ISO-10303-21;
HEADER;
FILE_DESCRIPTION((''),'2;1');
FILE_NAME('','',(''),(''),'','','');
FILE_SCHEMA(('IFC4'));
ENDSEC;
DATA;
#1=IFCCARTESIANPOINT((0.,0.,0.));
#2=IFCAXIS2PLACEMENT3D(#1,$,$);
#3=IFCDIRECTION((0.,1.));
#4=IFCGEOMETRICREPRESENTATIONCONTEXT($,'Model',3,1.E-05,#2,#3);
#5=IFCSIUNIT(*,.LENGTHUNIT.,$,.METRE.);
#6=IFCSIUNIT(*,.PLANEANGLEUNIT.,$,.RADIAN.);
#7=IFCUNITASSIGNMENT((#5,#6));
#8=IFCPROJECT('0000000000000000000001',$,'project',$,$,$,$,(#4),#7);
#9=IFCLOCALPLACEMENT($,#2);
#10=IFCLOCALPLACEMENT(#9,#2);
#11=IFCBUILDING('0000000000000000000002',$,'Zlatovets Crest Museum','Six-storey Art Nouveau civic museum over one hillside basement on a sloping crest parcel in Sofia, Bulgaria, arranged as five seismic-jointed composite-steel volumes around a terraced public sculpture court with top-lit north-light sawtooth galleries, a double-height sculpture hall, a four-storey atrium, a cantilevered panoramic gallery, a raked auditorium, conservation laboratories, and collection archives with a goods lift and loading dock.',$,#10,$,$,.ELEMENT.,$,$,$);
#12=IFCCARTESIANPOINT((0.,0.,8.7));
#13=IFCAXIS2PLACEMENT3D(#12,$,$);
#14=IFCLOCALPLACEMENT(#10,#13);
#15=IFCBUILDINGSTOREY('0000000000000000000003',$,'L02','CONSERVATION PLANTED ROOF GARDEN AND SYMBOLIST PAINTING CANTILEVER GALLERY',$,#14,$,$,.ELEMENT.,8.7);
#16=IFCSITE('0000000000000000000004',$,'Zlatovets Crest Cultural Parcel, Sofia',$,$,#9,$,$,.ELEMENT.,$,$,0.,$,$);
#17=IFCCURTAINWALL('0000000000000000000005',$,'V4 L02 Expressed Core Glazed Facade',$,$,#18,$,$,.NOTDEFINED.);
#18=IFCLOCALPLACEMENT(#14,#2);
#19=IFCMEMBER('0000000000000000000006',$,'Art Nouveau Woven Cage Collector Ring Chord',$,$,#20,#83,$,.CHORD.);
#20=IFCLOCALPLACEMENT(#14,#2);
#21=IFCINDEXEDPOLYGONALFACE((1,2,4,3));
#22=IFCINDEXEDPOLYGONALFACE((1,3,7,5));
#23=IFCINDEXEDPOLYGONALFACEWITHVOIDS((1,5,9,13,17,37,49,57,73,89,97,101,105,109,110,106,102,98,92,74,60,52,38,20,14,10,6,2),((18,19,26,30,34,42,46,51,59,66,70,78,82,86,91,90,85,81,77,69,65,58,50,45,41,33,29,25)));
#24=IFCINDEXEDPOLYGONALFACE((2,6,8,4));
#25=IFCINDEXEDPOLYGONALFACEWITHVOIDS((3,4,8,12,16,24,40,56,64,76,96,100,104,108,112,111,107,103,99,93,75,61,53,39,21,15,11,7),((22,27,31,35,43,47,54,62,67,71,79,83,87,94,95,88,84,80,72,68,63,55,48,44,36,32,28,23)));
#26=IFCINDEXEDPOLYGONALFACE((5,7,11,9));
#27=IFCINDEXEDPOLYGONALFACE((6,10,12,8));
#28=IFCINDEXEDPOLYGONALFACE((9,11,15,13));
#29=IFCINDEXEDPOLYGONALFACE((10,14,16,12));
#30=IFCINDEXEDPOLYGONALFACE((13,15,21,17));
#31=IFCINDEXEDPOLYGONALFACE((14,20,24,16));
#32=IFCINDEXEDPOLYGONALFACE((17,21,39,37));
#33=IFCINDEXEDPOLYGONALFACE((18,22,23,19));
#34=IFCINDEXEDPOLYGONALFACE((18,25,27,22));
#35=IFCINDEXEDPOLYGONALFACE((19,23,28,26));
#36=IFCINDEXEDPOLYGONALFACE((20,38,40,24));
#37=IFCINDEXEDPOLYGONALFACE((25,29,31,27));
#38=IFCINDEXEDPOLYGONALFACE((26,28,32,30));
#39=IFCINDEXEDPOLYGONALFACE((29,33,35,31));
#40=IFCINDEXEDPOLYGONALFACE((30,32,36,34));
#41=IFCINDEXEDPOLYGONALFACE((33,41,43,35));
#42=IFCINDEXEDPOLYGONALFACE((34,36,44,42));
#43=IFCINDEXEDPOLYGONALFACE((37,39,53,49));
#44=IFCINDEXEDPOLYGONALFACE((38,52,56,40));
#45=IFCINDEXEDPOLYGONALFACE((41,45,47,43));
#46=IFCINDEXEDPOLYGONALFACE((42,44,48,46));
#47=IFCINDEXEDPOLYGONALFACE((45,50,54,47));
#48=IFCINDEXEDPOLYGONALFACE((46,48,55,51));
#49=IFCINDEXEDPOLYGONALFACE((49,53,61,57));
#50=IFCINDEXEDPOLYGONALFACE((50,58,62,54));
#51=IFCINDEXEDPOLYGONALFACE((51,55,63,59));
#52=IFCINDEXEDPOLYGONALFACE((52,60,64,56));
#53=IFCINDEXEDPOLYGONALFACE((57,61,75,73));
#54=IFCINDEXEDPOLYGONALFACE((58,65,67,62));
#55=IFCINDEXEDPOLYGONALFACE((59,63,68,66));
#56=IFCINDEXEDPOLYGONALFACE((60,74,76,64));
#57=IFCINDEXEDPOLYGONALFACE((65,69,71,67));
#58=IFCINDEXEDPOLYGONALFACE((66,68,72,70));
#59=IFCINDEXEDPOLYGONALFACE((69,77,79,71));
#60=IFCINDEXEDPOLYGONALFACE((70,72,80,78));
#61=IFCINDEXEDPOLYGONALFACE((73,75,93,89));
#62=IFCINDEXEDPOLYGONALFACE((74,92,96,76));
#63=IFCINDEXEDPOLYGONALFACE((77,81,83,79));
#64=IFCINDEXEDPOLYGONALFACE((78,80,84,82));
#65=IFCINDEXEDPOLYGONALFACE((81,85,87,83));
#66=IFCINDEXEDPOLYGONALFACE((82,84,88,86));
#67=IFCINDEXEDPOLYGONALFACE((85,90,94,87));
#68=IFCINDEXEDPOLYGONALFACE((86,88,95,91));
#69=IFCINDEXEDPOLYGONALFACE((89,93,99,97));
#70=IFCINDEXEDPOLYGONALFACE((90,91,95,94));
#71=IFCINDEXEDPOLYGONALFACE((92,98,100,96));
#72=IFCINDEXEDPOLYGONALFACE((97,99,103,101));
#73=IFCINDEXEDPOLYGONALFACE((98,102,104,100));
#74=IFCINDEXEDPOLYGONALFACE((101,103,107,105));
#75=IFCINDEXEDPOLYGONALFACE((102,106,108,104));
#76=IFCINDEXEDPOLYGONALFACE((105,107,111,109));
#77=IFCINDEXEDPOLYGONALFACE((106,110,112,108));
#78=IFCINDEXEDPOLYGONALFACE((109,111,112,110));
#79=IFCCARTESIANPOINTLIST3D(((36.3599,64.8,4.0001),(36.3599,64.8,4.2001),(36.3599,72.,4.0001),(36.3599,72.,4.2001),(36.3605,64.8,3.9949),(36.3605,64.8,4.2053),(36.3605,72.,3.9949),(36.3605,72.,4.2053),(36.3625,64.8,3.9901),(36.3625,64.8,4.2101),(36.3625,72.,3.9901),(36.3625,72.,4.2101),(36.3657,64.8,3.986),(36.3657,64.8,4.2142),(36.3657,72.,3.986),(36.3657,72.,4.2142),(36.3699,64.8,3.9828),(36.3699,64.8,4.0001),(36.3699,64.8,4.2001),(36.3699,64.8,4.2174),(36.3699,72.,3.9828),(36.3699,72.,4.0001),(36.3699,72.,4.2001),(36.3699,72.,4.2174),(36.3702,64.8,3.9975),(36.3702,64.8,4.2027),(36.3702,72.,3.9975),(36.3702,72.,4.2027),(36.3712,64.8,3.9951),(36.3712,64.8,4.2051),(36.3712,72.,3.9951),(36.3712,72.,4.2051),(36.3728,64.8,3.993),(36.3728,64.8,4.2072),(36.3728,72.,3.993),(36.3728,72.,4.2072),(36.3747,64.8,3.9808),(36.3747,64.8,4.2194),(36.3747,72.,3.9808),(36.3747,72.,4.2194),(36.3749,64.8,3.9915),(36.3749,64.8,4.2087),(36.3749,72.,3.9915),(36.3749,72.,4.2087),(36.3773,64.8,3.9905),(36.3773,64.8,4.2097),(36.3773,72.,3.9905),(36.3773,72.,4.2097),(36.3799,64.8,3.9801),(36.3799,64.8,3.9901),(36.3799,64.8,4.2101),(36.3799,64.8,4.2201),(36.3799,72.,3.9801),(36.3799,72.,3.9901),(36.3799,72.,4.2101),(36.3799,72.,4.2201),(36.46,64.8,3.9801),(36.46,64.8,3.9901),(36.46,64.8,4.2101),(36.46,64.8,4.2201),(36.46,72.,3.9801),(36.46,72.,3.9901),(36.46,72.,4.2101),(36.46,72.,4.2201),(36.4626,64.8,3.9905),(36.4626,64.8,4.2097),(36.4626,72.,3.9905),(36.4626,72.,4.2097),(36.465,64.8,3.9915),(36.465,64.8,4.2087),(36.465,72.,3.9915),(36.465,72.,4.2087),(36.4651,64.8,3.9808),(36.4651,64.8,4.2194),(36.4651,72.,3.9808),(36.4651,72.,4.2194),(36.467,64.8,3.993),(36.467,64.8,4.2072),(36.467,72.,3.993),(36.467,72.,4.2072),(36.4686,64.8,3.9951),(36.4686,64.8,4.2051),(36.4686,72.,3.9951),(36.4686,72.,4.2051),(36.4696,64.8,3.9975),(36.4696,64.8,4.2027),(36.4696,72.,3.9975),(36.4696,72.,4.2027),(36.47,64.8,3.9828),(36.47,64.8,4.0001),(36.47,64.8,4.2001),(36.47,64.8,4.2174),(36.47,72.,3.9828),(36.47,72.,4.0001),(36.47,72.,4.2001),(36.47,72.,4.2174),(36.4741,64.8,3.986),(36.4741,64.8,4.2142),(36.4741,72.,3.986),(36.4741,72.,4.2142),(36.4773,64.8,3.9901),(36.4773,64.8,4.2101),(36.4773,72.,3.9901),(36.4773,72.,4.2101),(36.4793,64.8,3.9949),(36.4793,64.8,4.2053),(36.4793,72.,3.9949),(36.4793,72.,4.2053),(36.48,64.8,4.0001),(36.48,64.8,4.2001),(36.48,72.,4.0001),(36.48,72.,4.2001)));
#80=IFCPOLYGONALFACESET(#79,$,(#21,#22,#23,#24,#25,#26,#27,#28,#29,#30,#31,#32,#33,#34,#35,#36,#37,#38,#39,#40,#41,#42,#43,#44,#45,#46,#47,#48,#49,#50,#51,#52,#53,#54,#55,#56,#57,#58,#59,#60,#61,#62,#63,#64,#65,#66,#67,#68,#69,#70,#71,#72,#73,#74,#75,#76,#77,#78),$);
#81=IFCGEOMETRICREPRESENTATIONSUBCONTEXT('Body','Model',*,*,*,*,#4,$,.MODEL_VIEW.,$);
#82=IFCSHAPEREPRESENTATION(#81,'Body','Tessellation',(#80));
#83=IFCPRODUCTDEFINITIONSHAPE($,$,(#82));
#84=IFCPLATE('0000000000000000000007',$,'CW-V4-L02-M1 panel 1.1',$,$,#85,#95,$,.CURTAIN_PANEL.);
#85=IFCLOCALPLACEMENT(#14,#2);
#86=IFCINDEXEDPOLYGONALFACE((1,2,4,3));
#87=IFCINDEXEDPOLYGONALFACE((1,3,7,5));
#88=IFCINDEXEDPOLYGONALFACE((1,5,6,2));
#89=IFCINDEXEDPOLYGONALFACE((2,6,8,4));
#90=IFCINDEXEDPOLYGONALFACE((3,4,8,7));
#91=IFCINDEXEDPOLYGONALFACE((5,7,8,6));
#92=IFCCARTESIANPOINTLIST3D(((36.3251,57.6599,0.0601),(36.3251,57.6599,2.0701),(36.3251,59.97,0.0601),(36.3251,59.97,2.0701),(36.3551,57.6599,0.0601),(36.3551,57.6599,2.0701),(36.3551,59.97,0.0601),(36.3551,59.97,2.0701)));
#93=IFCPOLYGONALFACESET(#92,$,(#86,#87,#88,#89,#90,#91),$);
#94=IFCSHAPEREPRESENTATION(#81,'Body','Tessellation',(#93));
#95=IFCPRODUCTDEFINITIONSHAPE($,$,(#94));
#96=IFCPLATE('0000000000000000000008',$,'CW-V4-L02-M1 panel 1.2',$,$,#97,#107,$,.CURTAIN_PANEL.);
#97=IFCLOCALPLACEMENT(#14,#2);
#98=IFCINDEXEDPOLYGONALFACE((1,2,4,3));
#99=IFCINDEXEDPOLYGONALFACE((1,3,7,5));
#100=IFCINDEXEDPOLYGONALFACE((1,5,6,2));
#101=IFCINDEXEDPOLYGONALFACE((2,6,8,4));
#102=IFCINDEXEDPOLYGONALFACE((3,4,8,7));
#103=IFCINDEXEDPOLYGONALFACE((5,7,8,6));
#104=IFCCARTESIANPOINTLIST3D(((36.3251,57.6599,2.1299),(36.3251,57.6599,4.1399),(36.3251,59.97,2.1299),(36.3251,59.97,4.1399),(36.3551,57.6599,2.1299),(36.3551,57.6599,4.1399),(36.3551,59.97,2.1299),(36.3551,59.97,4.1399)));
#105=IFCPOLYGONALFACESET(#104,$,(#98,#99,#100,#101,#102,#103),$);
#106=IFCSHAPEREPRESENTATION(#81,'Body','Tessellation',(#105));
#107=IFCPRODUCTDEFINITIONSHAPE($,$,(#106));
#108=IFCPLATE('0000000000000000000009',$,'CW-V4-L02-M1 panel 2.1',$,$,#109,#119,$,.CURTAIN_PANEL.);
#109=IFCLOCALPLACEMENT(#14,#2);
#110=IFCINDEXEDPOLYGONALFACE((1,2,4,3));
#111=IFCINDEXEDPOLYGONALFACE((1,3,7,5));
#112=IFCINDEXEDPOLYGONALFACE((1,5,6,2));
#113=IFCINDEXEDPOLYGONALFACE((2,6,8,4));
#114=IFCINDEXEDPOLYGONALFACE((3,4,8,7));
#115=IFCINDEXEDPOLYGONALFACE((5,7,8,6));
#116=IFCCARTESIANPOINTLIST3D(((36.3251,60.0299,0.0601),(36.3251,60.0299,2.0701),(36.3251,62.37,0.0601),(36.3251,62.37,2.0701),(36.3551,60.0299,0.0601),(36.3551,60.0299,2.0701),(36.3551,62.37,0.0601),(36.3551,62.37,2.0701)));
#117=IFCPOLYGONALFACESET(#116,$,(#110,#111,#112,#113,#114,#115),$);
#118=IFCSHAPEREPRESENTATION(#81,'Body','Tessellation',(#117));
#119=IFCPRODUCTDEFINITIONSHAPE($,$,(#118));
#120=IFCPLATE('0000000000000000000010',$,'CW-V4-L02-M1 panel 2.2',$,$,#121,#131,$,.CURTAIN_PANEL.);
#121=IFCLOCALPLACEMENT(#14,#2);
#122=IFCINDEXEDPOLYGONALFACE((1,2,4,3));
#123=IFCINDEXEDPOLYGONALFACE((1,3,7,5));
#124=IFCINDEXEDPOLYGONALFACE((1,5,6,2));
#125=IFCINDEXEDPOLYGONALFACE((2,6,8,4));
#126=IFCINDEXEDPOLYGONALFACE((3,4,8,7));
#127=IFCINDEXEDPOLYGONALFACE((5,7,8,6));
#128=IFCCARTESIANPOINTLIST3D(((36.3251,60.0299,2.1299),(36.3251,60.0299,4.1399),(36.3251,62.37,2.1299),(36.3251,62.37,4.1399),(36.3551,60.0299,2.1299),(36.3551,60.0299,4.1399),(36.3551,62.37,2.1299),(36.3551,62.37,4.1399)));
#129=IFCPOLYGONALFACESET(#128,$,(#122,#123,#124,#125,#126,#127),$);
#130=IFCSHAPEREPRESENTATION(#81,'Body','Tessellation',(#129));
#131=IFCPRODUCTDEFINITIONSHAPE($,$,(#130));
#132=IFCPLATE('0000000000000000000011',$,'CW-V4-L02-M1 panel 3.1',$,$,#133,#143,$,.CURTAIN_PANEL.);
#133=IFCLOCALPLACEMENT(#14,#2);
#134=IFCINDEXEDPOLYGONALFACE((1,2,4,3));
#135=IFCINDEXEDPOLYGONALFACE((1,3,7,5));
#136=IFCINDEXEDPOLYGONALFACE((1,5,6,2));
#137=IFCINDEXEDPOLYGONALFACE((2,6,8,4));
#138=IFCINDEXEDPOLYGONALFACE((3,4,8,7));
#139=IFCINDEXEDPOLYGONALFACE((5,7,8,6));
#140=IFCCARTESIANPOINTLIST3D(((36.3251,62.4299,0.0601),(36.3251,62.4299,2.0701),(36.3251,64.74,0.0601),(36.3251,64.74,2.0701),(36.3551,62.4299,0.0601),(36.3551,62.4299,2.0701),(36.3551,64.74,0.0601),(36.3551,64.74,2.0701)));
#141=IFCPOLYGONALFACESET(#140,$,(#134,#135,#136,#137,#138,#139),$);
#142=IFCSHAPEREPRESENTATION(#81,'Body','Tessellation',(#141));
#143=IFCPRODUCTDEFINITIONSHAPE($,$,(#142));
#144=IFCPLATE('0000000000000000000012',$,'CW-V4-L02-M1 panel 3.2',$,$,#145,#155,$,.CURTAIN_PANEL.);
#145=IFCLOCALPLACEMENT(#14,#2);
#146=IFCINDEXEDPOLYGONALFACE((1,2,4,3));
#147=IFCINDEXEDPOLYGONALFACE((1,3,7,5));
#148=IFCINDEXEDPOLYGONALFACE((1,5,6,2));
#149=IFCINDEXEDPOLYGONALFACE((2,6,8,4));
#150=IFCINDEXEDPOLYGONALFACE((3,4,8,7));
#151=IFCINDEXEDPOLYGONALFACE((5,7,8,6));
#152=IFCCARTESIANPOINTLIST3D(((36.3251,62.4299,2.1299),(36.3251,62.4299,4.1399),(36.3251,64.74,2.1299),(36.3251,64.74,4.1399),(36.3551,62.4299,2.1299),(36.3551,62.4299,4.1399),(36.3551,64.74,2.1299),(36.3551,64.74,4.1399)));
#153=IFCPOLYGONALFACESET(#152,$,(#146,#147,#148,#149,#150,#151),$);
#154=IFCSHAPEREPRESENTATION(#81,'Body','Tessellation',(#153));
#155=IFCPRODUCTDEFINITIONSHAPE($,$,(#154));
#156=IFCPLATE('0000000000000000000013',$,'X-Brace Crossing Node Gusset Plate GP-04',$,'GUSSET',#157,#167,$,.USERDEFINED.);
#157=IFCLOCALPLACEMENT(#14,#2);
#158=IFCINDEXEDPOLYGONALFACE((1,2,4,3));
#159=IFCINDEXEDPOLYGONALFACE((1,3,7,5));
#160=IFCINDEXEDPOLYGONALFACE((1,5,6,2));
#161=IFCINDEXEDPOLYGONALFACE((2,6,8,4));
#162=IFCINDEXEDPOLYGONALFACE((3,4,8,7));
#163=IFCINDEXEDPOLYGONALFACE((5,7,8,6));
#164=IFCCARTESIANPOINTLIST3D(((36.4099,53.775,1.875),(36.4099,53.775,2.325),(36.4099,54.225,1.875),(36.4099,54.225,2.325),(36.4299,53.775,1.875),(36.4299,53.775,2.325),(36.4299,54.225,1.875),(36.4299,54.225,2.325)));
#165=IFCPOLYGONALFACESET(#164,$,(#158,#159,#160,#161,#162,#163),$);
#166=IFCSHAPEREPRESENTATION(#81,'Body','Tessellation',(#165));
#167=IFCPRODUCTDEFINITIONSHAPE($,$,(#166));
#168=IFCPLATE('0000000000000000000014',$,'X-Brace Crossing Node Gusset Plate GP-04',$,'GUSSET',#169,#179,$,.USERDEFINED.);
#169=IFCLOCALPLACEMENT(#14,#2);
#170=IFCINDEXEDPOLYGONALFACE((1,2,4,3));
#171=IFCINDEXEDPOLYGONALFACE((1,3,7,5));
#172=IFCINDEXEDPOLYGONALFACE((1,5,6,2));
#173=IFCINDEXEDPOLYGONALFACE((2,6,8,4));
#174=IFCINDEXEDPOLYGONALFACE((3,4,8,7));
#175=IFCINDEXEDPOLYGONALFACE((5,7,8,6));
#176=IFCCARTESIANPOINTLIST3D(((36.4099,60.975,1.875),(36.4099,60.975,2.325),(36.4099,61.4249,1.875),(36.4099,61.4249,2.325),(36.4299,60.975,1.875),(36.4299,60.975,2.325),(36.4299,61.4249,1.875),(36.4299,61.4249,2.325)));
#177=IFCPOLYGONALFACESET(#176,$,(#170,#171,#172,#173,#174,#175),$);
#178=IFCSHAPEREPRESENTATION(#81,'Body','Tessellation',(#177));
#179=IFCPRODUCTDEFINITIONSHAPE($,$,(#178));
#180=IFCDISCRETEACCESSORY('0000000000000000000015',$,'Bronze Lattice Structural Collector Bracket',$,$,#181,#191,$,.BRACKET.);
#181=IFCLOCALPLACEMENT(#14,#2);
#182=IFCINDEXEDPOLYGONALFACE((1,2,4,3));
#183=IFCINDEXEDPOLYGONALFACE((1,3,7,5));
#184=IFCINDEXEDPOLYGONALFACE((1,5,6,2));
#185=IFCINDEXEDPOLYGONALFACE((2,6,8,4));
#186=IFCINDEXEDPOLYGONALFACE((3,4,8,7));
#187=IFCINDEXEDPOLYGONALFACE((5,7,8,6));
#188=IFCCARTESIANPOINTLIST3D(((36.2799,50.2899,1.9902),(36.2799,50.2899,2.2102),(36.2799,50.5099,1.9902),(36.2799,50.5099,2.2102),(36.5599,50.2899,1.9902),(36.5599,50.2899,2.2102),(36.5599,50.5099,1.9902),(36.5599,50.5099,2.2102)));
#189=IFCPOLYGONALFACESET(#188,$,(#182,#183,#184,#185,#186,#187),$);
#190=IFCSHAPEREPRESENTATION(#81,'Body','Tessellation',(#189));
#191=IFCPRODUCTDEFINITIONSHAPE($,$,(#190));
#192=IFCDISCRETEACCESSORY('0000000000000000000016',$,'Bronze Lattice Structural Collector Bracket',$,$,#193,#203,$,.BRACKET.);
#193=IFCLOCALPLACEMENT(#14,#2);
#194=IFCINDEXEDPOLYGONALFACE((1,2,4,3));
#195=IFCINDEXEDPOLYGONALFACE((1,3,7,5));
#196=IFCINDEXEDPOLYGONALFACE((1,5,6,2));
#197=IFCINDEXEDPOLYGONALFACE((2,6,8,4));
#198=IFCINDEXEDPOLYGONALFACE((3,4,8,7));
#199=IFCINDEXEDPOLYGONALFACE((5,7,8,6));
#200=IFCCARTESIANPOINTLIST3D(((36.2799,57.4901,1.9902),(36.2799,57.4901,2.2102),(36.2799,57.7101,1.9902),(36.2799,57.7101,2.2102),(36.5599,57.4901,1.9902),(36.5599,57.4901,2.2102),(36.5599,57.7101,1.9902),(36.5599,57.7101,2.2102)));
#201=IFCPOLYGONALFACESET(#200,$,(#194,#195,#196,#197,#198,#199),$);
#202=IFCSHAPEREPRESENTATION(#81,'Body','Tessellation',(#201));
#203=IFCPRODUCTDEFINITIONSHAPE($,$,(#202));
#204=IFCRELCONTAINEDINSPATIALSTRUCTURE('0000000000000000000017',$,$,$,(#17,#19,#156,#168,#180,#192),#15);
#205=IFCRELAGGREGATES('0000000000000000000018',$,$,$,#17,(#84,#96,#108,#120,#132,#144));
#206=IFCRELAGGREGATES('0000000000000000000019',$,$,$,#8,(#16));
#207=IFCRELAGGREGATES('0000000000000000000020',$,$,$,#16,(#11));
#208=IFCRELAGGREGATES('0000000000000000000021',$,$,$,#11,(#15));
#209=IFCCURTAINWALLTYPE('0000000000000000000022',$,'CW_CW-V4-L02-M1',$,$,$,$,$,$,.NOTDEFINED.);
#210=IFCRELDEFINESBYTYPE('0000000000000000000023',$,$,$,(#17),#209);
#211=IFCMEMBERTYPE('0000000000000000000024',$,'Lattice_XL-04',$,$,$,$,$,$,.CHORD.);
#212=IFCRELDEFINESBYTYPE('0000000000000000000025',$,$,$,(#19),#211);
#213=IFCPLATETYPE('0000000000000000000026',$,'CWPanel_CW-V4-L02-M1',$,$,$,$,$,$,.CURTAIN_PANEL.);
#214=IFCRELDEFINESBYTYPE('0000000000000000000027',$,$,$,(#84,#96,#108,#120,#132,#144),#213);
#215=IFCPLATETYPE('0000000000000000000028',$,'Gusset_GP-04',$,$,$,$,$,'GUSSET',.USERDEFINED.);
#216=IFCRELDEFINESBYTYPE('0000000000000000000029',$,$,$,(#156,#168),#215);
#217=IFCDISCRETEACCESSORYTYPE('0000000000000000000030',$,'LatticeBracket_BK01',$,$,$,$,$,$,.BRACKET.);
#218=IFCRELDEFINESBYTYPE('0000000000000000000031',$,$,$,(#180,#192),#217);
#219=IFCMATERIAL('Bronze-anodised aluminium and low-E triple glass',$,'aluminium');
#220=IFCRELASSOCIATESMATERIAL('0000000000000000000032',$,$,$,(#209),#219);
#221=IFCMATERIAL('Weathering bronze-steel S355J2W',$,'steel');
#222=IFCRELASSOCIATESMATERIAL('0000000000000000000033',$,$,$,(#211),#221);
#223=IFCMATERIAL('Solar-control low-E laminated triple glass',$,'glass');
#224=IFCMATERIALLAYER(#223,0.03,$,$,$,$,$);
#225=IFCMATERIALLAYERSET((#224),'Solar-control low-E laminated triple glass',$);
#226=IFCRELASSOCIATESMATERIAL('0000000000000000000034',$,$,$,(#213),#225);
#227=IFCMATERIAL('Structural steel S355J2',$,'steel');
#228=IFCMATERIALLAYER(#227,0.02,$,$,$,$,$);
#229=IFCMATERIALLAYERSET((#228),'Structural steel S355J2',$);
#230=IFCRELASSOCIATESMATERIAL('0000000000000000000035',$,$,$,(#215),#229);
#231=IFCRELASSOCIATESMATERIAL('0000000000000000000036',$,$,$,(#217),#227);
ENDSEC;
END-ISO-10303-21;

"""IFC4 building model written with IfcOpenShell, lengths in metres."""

from ifc_helpers import new_model, si_unit, direction, frame, origin, origin_2d, place, context, subcontext, project, spatial, rectangle, hollow_rectangle, extrude, material, layer, layer_set, material_profile, profile_set, type_object, element, aggregate, save


model = new_model("IFC4")

# Units and contexts
model_context = context("Model", 3, precision=1e-05, world=origin(), true_north=direction((0.0, 1.0)))
body_context = subcontext(model_context, "Body", "Model", "MODEL_VIEW")
ifc_project = project(units=[si_unit("LENGTHUNIT", "METRE"), si_unit("PLANEANGLEUNIT", "RADIAN")], contexts=[model_context])

# Site, building, storey
site_placement = place(None, origin())
site = spatial("IfcSite", under=ifc_project, at=site_placement, Name="Zlatovets Crest Cultural Parcel, Sofia", CompositionType="ELEMENT", RefElevation=0.0)
building_placement = place(site_placement, origin())
building = spatial("IfcBuilding", under=site, at=building_placement, Name="Zlatovets Crest Museum", Description="Six-storey Art Nouveau civic museum over one hillside basement on a sloping crest parcel in Sofia, Bulgaria, arranged as five seismic-jointed composite-steel volumes around a terraced public sculpture court with top-lit north-light sawtooth galleries, a double-height sculpture hall, a four-storey atrium, a cantilevered panoramic gallery, a raked auditorium, conservation laboratories, and collection archives with a goods lift and loading dock.", CompositionType="ELEMENT")
storey_placement = place(building_placement, frame((0.0, 0.0, 8.7)))
storey = spatial("IfcBuildingStorey", under=building, at=storey_placement, Name="L02", Description="CONSERVATION PLANTED ROOF GARDEN AND SYMBOLIST PAINTING CANTILEVER GALLERY", CompositionType="ELEMENT", Elevation=8.7)

# Curtain wall
ifc_material_1 = material(Name="Bronze-anodised aluminium and low-E triple glass", Category="aluminium")
curtain_wall_type = type_object("IfcCurtainWallType", Name="CW_CW-V4-L02-M1", PredefinedType="NOTDEFINED", material=ifc_material_1)
curtain_wall_placement = place(storey_placement, origin())
curtain_wall = element("IfcCurtainWall", 1, at=curtain_wall_placement, inside=storey, type_object=curtain_wall_type, Name="V4 L02 Expressed Core Glazed Facade", PredefinedType="NOTDEFINED")

# Member
ifc_material_2 = material(Name="Weathering bronze-steel S355J2W", Category="steel")
ifc_material_profile_1 = material_profile(ifc_material_2, hollow_rectangle(XDim=0.1201, YDim=0.24, WallThickness=0.01, InnerFilletRadius=0.01, OuterFilletRadius=0.02, at=origin_2d()), Name="RHS 120x240x10.0")
ifc_profile_set_1 = profile_set([ifc_material_profile_1], Name="Weathering bronze-steel S355J2W")
member_type_1 = type_object("IfcMemberType", Name="Lattice_XL-04", PredefinedType="CHORD", material=ifc_profile_set_1)
for number, where, z_axis, x_axis, name in (
    (2, (36.4199, 64.8, 4.1001), (0.0, 1.0, 0.0), (-1.0, 0.0, 0.0), "Art Nouveau Woven Cage Collector Ring Chord"),
):
    element("IfcMember", number, at=place(storey_placement, frame(where, z_axis=z_axis, x_axis=x_axis)), inside=storey, type_object=member_type_1, Name=name, PredefinedType="CHORD", context=body_context, shape_type="SweptSolid", body=[
        extrude(hollow_rectangle(XDim=0.1201, YDim=0.24, WallThickness=0.01, InnerFilletRadius=0.01, OuterFilletRadius=0.02, at=origin_2d()), origin(), (0.0, 0.0, 1.0), 7.2),
    ])

# Plates
ifc_material_3 = material(Name="Solar-control low-E laminated triple glass", Category="glass")
ifc_layer_1 = layer(ifc_material_3, 0.03)
ifc_layer_set_1 = layer_set([ifc_layer_1], Name="Solar-control low-E laminated triple glass")
plate_type_1 = type_object("IfcPlateType", Name="CWPanel_CW-V4-L02-M1", PredefinedType="CURTAIN_PANEL", material=ifc_layer_set_1)
plate_1_placement = place(storey_placement, frame((36.3401, 58.8149, 0.0601), z_axis=(0.0, 0.0, 1.0), x_axis=(0.0, 1.0, 0.0)))
plate_1 = element("IfcPlate", 3, at=plate_1_placement, type_object=plate_type_1, Name="CW-V4-L02-M1 panel 1.1", PredefinedType="CURTAIN_PANEL", context=body_context, shape_type="SweptSolid", body=[
    extrude(rectangle(XDim=2.3101, YDim=0.03, at=origin_2d()), origin(), (0.0, 0.0, 1.0), 2.01),
])
plate_2_placement = place(storey_placement, frame((36.3401, 58.8149, 2.1299), z_axis=(0.0, 0.0, 1.0), x_axis=(0.0, 1.0, 0.0)))
plate_2 = element("IfcPlate", 4, at=plate_2_placement, type_object=plate_type_1, Name="CW-V4-L02-M1 panel 1.2", PredefinedType="CURTAIN_PANEL", context=body_context, shape_type="SweptSolid", body=[
    extrude(rectangle(XDim=2.3101, YDim=0.03, at=origin_2d()), origin(), (0.0, 0.0, 1.0), 2.01),
])
plate_3_placement = place(storey_placement, frame((36.3401, 61.2, 0.0601), z_axis=(0.0, 0.0, 1.0), x_axis=(0.0, 1.0, 0.0)))
plate_3 = element("IfcPlate", 5, at=plate_3_placement, type_object=plate_type_1, Name="CW-V4-L02-M1 panel 2.1", PredefinedType="CURTAIN_PANEL", context=body_context, shape_type="SweptSolid", body=[
    extrude(rectangle(XDim=2.3401, YDim=0.03, at=origin_2d()), origin(), (0.0, 0.0, 1.0), 2.01),
])
plate_4_placement = place(storey_placement, frame((36.3401, 61.2, 2.1299), z_axis=(0.0, 0.0, 1.0), x_axis=(0.0, 1.0, 0.0)))
plate_4 = element("IfcPlate", 6, at=plate_4_placement, type_object=plate_type_1, Name="CW-V4-L02-M1 panel 2.2", PredefinedType="CURTAIN_PANEL", context=body_context, shape_type="SweptSolid", body=[
    extrude(rectangle(XDim=2.3401, YDim=0.03, at=origin_2d()), origin(), (0.0, 0.0, 1.0), 2.01),
])
plate_5_placement = place(storey_placement, frame((36.3401, 63.585, 0.0601), z_axis=(0.0, 0.0, 1.0), x_axis=(0.0, 1.0, 0.0)))
plate_5 = element("IfcPlate", 7, at=plate_5_placement, type_object=plate_type_1, Name="CW-V4-L02-M1 panel 3.1", PredefinedType="CURTAIN_PANEL", context=body_context, shape_type="SweptSolid", body=[
    extrude(rectangle(XDim=2.3101, YDim=0.03, at=origin_2d()), origin(), (0.0, 0.0, 1.0), 2.01),
])
plate_6_placement = place(storey_placement, frame((36.3401, 63.585, 2.1299), z_axis=(0.0, 0.0, 1.0), x_axis=(0.0, 1.0, 0.0)))
plate_6 = element("IfcPlate", 8, at=plate_6_placement, type_object=plate_type_1, Name="CW-V4-L02-M1 panel 3.2", PredefinedType="CURTAIN_PANEL", context=body_context, shape_type="SweptSolid", body=[
    extrude(rectangle(XDim=2.3101, YDim=0.03, at=origin_2d()), origin(), (0.0, 0.0, 1.0), 2.01),
])
aggregate(curtain_wall, [plate_1, plate_2, plate_3, plate_4, plate_5, plate_6])

# Plates
ifc_material_4 = material(Name="Structural steel S355J2", Category="steel")
ifc_layer_2 = layer(ifc_material_4, 0.02)
ifc_layer_set_2 = layer_set([ifc_layer_2], Name="Structural steel S355J2")
plate_type_2 = type_object("IfcPlateType", Name="Gusset_GP-04", ElementType="GUSSET", PredefinedType="USERDEFINED", material=ifc_layer_set_2)
for number, where, z_axis, x_axis, name in (
    (9, (36.4199, 54.0, 1.875), (0.0, 0.0, 1.0), (1.0, 0.0, 0.0), "X-Brace Crossing Node Gusset Plate GP-04"),
    (10, (36.4199, 61.2, 1.875), (0.0, 0.0, 1.0), (1.0, 0.0, 0.0), "X-Brace Crossing Node Gusset Plate GP-04"),
):
    element("IfcPlate", number, at=place(storey_placement, frame(where, z_axis=z_axis, x_axis=x_axis)), inside=storey, type_object=plate_type_2, Name=name, ObjectType="GUSSET", PredefinedType="USERDEFINED", context=body_context, shape_type="SweptSolid", body=[
        extrude(rectangle(XDim=0.02, YDim=0.45, at=origin_2d()), origin(), (0.0, 0.0, 1.0), 0.45),
    ])

# Discrete accessories
discrete_accessory_type = type_object("IfcDiscreteAccessoryType", Name="LatticeBracket_BK01", PredefinedType="BRACKET", material=ifc_material_4)
for number, where, z_axis, x_axis, name in (
    (11, (36.4199, 50.3999, 1.9902), (0.0, 0.0, 1.0), (1.0, 0.0, 0.0), "Bronze Lattice Structural Collector Bracket"),
    (12, (36.4199, 57.6001, 1.9902), (0.0, 0.0, 1.0), (1.0, 0.0, 0.0), "Bronze Lattice Structural Collector Bracket"),
):
    element("IfcDiscreteAccessory", number, at=place(storey_placement, frame(where, z_axis=z_axis, x_axis=x_axis)), inside=storey, type_object=discrete_accessory_type, Name=name, PredefinedType="BRACKET", context=body_context, shape_type="SweptSolid", body=[
        extrude(rectangle(XDim=0.28, YDim=0.22, at=origin_2d()), origin(), (0.0, 0.0, 1.0), 0.22),
    ])

save(model, "model.ifc")
